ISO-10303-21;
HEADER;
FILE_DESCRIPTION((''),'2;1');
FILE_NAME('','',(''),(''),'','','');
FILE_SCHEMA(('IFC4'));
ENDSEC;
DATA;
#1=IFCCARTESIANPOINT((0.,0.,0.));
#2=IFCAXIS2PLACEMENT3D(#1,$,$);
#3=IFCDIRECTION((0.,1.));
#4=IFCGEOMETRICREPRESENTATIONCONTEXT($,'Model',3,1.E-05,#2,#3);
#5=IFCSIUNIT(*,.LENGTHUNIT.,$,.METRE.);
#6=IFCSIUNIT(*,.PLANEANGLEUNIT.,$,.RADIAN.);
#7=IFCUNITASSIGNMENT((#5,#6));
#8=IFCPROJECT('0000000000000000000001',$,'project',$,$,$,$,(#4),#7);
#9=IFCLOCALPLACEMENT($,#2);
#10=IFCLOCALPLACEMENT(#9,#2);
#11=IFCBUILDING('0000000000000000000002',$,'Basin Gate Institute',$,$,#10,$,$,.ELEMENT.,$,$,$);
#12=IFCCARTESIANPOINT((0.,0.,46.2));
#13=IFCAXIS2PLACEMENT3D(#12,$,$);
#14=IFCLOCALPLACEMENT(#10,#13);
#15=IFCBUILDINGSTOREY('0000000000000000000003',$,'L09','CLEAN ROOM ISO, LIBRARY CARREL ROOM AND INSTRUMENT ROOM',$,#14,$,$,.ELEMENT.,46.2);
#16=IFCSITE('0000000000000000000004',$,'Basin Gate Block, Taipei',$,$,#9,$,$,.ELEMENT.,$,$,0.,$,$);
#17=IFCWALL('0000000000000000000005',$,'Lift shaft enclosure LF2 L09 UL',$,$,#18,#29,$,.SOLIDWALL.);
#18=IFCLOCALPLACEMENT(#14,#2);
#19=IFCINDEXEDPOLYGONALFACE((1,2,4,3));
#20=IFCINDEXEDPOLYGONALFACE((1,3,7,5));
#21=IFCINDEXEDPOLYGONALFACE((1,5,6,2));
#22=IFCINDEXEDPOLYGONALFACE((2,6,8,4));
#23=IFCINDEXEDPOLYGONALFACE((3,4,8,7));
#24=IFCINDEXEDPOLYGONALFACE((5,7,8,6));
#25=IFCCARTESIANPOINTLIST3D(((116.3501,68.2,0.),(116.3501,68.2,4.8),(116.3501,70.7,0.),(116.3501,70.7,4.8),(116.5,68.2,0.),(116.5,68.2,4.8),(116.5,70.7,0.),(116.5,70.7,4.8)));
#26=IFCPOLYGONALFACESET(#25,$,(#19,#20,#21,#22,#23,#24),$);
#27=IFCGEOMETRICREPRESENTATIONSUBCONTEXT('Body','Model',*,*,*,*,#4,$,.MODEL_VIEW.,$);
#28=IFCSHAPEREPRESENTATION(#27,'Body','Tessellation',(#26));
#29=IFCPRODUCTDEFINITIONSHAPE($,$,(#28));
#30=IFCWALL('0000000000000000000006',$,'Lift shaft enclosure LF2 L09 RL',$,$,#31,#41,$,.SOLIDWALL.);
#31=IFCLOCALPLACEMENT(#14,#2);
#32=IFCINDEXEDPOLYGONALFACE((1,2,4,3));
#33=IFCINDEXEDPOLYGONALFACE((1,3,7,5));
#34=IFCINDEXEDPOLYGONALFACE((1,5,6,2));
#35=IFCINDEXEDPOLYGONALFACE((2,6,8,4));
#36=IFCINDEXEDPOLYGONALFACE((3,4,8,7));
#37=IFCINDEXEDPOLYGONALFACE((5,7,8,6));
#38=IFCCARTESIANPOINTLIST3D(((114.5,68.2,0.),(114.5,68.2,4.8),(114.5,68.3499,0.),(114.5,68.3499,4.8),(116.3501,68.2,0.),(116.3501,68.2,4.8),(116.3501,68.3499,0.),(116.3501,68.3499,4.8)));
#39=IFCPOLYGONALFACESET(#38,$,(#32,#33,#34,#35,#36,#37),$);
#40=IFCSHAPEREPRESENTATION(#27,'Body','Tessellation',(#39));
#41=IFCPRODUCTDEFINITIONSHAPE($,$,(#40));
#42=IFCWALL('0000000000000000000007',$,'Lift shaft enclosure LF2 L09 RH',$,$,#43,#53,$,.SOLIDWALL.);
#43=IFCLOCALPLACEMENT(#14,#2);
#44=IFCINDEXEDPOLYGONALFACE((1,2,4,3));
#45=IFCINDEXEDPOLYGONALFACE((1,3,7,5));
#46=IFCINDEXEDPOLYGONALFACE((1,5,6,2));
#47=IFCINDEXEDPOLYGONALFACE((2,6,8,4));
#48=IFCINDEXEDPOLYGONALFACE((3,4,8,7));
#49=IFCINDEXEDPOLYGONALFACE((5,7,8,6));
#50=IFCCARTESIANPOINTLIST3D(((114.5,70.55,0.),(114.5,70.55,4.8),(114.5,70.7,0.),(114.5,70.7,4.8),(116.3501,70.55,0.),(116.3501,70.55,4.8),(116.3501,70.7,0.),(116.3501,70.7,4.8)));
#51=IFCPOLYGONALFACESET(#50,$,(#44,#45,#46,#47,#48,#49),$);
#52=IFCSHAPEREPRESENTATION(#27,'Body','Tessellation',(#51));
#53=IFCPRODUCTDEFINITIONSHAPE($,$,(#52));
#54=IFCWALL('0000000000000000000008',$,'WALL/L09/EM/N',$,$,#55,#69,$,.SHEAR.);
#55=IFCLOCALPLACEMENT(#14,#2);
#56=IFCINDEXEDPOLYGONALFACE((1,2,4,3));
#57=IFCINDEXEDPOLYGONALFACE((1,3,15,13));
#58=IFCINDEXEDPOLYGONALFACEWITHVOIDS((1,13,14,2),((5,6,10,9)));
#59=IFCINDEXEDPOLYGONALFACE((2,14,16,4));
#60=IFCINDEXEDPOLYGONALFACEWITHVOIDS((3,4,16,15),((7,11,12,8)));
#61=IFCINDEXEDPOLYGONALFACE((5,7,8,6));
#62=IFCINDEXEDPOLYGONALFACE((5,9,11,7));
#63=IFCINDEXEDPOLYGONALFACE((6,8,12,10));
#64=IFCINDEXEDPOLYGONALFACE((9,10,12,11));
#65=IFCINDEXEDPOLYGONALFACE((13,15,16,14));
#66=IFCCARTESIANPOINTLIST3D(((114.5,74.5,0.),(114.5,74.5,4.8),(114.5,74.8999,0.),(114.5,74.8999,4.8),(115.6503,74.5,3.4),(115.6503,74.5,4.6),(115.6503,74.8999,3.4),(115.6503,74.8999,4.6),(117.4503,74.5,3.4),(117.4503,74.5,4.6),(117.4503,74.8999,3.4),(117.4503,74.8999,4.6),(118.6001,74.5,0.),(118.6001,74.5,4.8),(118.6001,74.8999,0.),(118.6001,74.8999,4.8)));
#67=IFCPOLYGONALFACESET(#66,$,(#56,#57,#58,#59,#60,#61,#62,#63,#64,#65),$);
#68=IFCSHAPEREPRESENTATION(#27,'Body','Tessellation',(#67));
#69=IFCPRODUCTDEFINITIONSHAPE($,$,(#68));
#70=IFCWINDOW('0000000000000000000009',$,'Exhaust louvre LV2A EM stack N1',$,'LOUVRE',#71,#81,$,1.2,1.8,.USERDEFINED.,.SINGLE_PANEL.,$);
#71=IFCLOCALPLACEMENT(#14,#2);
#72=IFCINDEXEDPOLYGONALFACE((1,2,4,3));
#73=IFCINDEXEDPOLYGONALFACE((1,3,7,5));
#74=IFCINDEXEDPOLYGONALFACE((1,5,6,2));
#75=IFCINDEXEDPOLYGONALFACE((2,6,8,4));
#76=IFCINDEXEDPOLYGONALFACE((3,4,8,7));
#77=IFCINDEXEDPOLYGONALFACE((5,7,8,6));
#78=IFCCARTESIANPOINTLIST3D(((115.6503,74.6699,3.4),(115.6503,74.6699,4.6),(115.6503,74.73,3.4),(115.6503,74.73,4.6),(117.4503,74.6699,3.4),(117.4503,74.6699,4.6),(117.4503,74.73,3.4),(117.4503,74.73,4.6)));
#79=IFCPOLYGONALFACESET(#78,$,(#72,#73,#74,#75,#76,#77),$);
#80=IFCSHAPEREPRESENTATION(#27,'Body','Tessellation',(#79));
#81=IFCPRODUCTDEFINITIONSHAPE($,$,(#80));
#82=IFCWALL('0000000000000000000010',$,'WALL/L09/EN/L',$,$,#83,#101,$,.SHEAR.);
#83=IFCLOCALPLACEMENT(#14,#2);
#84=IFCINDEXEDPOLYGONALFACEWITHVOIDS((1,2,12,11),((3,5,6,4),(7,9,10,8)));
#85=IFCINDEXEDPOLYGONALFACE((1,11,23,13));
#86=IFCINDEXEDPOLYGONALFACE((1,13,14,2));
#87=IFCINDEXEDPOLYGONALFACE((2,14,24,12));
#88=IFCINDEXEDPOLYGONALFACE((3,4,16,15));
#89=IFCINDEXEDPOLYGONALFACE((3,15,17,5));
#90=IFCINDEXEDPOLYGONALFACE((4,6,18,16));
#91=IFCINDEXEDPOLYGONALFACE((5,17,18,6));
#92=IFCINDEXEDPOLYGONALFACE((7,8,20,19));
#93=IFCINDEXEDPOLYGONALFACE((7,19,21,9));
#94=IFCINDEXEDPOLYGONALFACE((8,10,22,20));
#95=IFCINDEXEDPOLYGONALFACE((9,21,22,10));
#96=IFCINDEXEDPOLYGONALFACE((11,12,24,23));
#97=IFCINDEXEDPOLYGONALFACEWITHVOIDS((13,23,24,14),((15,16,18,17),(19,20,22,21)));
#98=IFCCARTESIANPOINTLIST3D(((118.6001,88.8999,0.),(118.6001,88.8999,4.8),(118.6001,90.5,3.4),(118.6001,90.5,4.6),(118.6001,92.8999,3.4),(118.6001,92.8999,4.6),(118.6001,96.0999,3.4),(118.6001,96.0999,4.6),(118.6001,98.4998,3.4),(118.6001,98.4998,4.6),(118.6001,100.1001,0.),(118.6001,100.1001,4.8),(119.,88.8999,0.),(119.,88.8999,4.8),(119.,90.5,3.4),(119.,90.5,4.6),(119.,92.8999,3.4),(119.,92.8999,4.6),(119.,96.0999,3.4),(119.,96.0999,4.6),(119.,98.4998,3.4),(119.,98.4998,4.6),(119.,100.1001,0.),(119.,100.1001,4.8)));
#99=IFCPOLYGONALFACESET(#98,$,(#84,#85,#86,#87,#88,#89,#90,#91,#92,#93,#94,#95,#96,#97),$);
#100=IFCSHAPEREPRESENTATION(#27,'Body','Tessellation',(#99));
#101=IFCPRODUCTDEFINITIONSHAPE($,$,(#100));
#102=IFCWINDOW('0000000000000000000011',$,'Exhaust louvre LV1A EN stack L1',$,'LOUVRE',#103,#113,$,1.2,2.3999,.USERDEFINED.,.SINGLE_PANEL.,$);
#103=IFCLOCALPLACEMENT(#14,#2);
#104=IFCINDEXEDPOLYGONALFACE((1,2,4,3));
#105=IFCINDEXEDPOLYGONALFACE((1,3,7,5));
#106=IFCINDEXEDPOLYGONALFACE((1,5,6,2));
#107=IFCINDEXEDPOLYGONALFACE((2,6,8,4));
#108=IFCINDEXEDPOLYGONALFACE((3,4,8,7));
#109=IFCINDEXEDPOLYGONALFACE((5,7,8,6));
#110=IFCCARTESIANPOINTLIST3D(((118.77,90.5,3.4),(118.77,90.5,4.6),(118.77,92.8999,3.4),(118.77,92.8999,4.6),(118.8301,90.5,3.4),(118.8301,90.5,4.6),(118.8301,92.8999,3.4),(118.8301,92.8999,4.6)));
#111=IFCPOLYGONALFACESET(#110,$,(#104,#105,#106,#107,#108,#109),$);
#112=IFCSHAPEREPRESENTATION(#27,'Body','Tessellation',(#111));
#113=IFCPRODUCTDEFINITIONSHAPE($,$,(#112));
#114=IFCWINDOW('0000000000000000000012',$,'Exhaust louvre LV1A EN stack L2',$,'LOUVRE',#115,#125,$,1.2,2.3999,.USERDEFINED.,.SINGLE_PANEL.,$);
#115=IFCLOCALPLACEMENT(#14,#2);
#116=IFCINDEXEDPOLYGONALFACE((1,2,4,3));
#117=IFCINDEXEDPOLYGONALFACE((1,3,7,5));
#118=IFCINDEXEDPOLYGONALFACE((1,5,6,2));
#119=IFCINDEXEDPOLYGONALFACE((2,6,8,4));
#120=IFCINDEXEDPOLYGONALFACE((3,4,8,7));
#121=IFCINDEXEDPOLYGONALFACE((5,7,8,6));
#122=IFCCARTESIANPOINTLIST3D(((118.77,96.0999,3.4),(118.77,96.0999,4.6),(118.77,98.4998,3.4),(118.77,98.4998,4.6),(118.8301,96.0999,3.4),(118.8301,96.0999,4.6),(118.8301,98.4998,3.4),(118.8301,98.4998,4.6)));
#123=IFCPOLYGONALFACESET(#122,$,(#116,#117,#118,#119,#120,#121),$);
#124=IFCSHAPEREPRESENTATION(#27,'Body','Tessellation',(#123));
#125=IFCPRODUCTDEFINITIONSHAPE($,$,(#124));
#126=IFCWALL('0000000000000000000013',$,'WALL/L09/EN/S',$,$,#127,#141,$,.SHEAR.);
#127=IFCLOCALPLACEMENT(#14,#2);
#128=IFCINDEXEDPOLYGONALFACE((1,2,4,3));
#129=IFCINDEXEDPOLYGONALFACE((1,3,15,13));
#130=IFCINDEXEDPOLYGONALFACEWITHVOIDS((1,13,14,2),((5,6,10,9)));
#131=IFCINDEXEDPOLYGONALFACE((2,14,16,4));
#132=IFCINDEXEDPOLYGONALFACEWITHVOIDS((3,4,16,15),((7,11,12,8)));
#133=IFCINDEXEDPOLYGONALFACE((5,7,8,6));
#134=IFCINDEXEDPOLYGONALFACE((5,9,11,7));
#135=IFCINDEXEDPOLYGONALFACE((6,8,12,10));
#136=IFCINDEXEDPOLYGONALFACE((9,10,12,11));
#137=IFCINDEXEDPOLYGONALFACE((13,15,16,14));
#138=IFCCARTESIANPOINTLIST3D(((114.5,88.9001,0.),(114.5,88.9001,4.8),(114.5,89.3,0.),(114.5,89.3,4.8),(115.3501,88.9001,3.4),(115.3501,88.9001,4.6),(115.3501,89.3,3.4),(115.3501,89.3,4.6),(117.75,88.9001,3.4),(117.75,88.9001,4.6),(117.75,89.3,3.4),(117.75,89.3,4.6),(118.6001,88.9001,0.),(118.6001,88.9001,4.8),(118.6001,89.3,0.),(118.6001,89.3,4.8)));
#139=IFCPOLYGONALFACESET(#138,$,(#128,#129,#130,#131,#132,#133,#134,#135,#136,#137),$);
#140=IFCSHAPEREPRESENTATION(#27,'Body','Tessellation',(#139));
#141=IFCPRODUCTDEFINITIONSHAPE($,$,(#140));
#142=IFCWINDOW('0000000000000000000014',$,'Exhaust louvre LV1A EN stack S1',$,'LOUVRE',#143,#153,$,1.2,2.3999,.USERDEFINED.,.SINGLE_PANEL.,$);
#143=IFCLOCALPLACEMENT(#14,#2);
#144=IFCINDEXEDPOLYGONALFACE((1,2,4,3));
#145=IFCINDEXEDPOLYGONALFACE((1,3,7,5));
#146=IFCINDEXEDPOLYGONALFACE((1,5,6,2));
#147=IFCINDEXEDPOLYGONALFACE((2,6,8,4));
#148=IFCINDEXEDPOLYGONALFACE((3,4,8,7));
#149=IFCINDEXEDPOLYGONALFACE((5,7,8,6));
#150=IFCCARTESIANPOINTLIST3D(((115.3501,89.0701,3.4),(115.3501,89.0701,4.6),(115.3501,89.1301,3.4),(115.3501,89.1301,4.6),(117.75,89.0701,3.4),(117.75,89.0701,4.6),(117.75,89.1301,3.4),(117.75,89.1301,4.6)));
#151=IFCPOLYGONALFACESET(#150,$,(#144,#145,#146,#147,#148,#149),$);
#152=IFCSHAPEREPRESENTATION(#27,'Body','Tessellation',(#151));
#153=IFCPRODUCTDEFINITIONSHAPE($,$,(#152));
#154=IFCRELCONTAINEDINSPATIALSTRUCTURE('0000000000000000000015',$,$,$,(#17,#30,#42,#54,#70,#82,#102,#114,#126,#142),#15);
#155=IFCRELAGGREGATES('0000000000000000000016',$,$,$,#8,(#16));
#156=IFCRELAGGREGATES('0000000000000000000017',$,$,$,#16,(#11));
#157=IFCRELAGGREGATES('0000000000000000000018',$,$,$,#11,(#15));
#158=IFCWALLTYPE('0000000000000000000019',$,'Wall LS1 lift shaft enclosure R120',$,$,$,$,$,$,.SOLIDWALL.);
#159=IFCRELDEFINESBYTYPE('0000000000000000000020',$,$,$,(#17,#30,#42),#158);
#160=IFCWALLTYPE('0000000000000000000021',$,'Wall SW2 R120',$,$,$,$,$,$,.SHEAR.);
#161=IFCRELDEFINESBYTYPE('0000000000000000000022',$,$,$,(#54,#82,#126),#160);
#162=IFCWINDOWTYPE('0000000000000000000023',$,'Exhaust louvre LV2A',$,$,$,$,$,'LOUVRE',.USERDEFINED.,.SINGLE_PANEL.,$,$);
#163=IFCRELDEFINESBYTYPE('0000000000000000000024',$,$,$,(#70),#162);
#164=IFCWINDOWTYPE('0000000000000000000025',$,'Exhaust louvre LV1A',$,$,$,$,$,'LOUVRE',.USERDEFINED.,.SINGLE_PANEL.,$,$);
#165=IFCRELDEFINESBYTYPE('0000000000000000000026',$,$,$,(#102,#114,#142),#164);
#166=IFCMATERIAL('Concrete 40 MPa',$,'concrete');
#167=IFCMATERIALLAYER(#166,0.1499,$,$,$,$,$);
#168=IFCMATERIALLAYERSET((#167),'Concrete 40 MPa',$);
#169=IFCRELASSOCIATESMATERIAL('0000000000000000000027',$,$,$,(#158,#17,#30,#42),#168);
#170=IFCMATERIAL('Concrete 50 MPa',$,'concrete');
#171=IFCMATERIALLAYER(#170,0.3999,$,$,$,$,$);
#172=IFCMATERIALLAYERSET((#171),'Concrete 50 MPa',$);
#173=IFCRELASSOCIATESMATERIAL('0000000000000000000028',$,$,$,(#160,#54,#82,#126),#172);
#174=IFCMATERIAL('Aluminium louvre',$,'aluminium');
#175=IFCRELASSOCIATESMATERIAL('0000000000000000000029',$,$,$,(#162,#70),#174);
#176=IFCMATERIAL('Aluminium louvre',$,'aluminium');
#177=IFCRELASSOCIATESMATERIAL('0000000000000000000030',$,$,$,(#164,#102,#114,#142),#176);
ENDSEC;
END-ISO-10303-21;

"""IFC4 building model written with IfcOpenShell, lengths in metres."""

from ifc_helpers import new_model, si_unit, direction, frame, frame_2d, origin, place, context, subcontext, project, spatial, rectangle, extrude, material, layer, layer_set, type_object, element, fill, save


model = new_model("IFC4")

# Units and contexts
model_context = context("Model", 3, precision=1e-05, world=origin(), true_north=direction((0.0, 1.0)))
body_context = subcontext(model_context, "Body", "Model", "MODEL_VIEW")
ifc_project = project(units=[si_unit("LENGTHUNIT", "METRE"), si_unit("PLANEANGLEUNIT", "RADIAN")], contexts=[model_context])

# Site, building, storey
site_placement = place(None, origin())
site = spatial("IfcSite", under=ifc_project, at=site_placement, Name="Basin Gate Block, Taipei", CompositionType="ELEMENT", RefElevation=0.0)
building_placement = place(site_placement, origin())
building = spatial("IfcBuilding", under=site, at=building_placement, Name="Basin Gate Institute", CompositionType="ELEMENT")
storey_placement = place(building_placement, frame((0.0, 0.0, 46.2)))
storey = spatial("IfcBuildingStorey", under=building, at=storey_placement, Name="L09", Description="CLEAN ROOM ISO, LIBRARY CARREL ROOM AND INSTRUMENT ROOM", CompositionType="ELEMENT", Elevation=46.2)

# Walls
ifc_material_1 = material(Name="Concrete 40 MPa", Category="concrete")
ifc_layer_1 = layer(ifc_material_1, 0.1499)
ifc_layer_set_1 = layer_set([ifc_layer_1], Name="Concrete 40 MPa")
wall_type_1 = type_object("IfcWallType", Name="Wall LS1 lift shaft enclosure R120", PredefinedType="SOLIDWALL", material=ifc_layer_set_1)
wall_1_placement = place(storey_placement, frame((116.425, 68.2, 0.0), z_axis=(0.0, 0.0, 1.0), x_axis=(0.0, 1.0, 0.0)))
element("IfcWall", 1, at=wall_1_placement, inside=storey, type_object=wall_type_1, material=ifc_layer_set_1, Name="Lift shaft enclosure LF2 L09 UL", PredefinedType="SOLIDWALL", context=body_context, shape_type="SweptSolid", body=[
    extrude(rectangle(XDim=2.5, YDim=0.1499, at=frame_2d((1.25, 0.0))), origin(), (0.0, 0.0, 1.0), 4.8),
])
for number, where, z_axis, x_axis, name in (
    (2, (116.3501, 68.2749, 0.0), (0.0, 0.0, 1.0), (-1.0, 0.0, 0.0), "Lift shaft enclosure LF2 L09 RL"),
    (3, (116.3501, 70.625, 0.0), (0.0, 0.0, 1.0), (-1.0, 0.0, 0.0), "Lift shaft enclosure LF2 L09 RH"),
):
    element("IfcWall", number, at=place(storey_placement, frame(where, z_axis=z_axis, x_axis=x_axis)), inside=storey, type_object=wall_type_1, material=ifc_layer_set_1, Name=name, PredefinedType="SOLIDWALL", context=body_context, shape_type="SweptSolid", body=[
        extrude(rectangle(XDim=1.8501, YDim=0.1499, at=frame_2d((0.925, 0.0))), origin(), (0.0, 0.0, 1.0), 4.8),
    ])

# Wall, opening, window
ifc_material_2 = material(Name="Concrete 50 MPa", Category="concrete")
ifc_layer_2 = layer(ifc_material_2, 0.3999)
ifc_layer_set_2 = layer_set([ifc_layer_2], Name="Concrete 50 MPa")
wall_type_2 = type_object("IfcWallType", Name="Wall SW2 R120", PredefinedType="SHEAR", material=ifc_layer_set_2)
wall_2_placement = place(storey_placement, frame((118.6001, 74.7, 0.0), z_axis=(0.0, 0.0, 1.0), x_axis=(-1.0, 0.0, 0.0)))
wall_2 = element("IfcWall", 4, at=wall_2_placement, inside=storey, type_object=wall_type_2, material=ifc_layer_set_2, Name="WALL/L09/EM/N", PredefinedType="SHEAR", context=body_context, shape_type="SweptSolid", body=[
    extrude(rectangle(XDim=4.1001, YDim=0.3999, at=frame_2d((2.05, 0.0))), origin(), (0.0, 0.0, 1.0), 4.8),
])
opening_1_placement = place(wall_2_placement, frame((1.1499, 0.0, 3.3999)))
opening_1 = element("IfcOpeningElement", 5, at=opening_1_placement, cuts=wall_2, PredefinedType="OPENING", context=body_context, shape_type="SweptSolid", body=[
    extrude(rectangle(XDim=1.8, YDim=1.2, at=frame_2d((0.8999, 0.6001))), frame((0.0, 0.21, 0.0), z_axis=(0.0, -1.0, 0.0), x_axis=(1.0, 0.0, 0.0)), (0.0, 0.0, 1.0), 0.4199),
])
ifc_material_3 = material(Name="Aluminium louvre", Category="aluminium")
window_type_1 = type_object("IfcWindowType", Name="Exhaust louvre LV2A", ElementType="LOUVRE", PartitioningType="SINGLE_PANEL", PredefinedType="USERDEFINED", material=ifc_material_3)
window_1_placement = place(opening_1_placement, origin())
window_1 = element("IfcWindow", 6, at=window_1_placement, inside=storey, type_object=window_type_1, material=ifc_material_3, Name="Exhaust louvre LV2A EM stack N1", ObjectType="LOUVRE", OverallHeight=1.2, OverallWidth=1.8, PartitioningType="SINGLE_PANEL", PredefinedType="USERDEFINED", context=body_context, shape_type="SweptSolid", body=[
    extrude(rectangle(XDim=1.8, YDim=1.2, at=frame_2d((0.8999, 0.6001))), frame((0.0, 0.03, 0.0), z_axis=(0.0, -1.0, 0.0), x_axis=(1.0, 0.0, 0.0)), (0.0, 0.0, 1.0), 0.0601),
])
fill(opening_1, window_1)

# Wall, openings, windows
wall_3_placement = place(storey_placement, frame((118.8, 88.8999, 0.0), z_axis=(0.0, 0.0, 1.0), x_axis=(0.0, 1.0, 0.0)))
wall_3 = element("IfcWall", 7, at=wall_3_placement, inside=storey, type_object=wall_type_2, material=ifc_layer_set_2, Name="WALL/L09/EN/L", PredefinedType="SHEAR", context=body_context, shape_type="SweptSolid", body=[
    extrude(rectangle(XDim=11.2002, YDim=0.3999, at=frame_2d((5.6001, 0.0))), origin(), (0.0, 0.0, 1.0), 4.8),
])
opening_2_placement = place(wall_3_placement, frame((1.6001, 0.0, 3.3999)))
opening_2 = element("IfcOpeningElement", 8, at=opening_2_placement, cuts=wall_3, PredefinedType="OPENING", context=body_context, shape_type="SweptSolid", body=[
    extrude(rectangle(XDim=2.3999, YDim=1.2, at=frame_2d((1.2, 0.6001))), frame((0.0, 0.21, 0.0), z_axis=(0.0, -1.0, 0.0), x_axis=(1.0, 0.0, 0.0)), (0.0, 0.0, 1.0), 0.4199),
])
opening_3_placement = place(wall_3_placement, frame((7.2, 0.0, 3.3999)))
opening_3 = element("IfcOpeningElement", 9, at=opening_3_placement, cuts=wall_3, PredefinedType="OPENING", context=body_context, shape_type="SweptSolid", body=[
    extrude(rectangle(XDim=2.3999, YDim=1.2, at=frame_2d((1.2, 0.6001))), frame((0.0, 0.21, 0.0), z_axis=(0.0, -1.0, 0.0), x_axis=(1.0, 0.0, 0.0)), (0.0, 0.0, 1.0), 0.4199),
])
ifc_material_4 = material(Name="Aluminium louvre", Category="aluminium")
window_type_2 = type_object("IfcWindowType", Name="Exhaust louvre LV1A", ElementType="LOUVRE", PartitioningType="SINGLE_PANEL", PredefinedType="USERDEFINED", material=ifc_material_4)
window_2_placement = place(opening_2_placement, origin())
window_2 = element("IfcWindow", 10, at=window_2_placement, inside=storey, type_object=window_type_2, material=ifc_material_4, Name="Exhaust louvre LV1A EN stack L1", ObjectType="LOUVRE", OverallHeight=1.2, OverallWidth=2.3999, PartitioningType="SINGLE_PANEL", PredefinedType="USERDEFINED", context=body_context, shape_type="SweptSolid", body=[
    extrude(rectangle(XDim=2.3999, YDim=1.2, at=frame_2d((1.2, 0.6001))), frame((0.0, 0.03, 0.0), z_axis=(0.0, -1.0, 0.0), x_axis=(1.0, 0.0, 0.0)), (0.0, 0.0, 1.0), 0.0601),
])
fill(opening_2, window_2)
window_3_placement = place(opening_3_placement, origin())
window_3 = element("IfcWindow", 11, at=window_3_placement, inside=storey, type_object=window_type_2, material=ifc_material_4, Name="Exhaust louvre LV1A EN stack L2", ObjectType="LOUVRE", OverallHeight=1.2, OverallWidth=2.3999, PartitioningType="SINGLE_PANEL", PredefinedType="USERDEFINED", context=body_context, shape_type="SweptSolid", body=[
    extrude(rectangle(XDim=2.3999, YDim=1.2, at=frame_2d((1.2, 0.6001))), frame((0.0, 0.03, 0.0), z_axis=(0.0, -1.0, 0.0), x_axis=(1.0, 0.0, 0.0)), (0.0, 0.0, 1.0), 0.0601),
])
fill(opening_3, window_3)

# Wall, opening, window
wall_4_placement = place(storey_placement, frame((118.6001, 89.1001, 0.0), z_axis=(0.0, 0.0, 1.0), x_axis=(-1.0, 0.0, 0.0)))
wall_4 = element("IfcWall", 12, at=wall_4_placement, inside=storey, type_object=wall_type_2, material=ifc_layer_set_2, Name="WALL/L09/EN/S", PredefinedType="SHEAR", context=body_context, shape_type="SweptSolid", body=[
    extrude(rectangle(XDim=4.1001, YDim=0.3999, at=frame_2d((2.05, 0.0))), origin(), (0.0, 0.0, 1.0), 4.8),
])
opening_4_placement = place(wall_4_placement, frame((0.8501, 0.0, 3.3999)))
opening_4 = element("IfcOpeningElement", 13, at=opening_4_placement, cuts=wall_4, PredefinedType="OPENING", context=body_context, shape_type="SweptSolid", body=[
    extrude(rectangle(XDim=2.3999, YDim=1.2, at=frame_2d((1.2, 0.6001))), frame((0.0, 0.21, 0.0), z_axis=(0.0, -1.0, 0.0), x_axis=(1.0, 0.0, 0.0)), (0.0, 0.0, 1.0), 0.4199),
])
window_4_placement = place(opening_4_placement, origin())
window_4 = element("IfcWindow", 14, at=window_4_placement, inside=storey, type_object=window_type_2, material=ifc_material_4, Name="Exhaust louvre LV1A EN stack S1", ObjectType="LOUVRE", OverallHeight=1.2, OverallWidth=2.3999, PartitioningType="SINGLE_PANEL", PredefinedType="USERDEFINED", context=body_context, shape_type="SweptSolid", body=[
    extrude(rectangle(XDim=2.3999, YDim=1.2, at=frame_2d((1.2, 0.6001))), frame((0.0, 0.03, 0.0), z_axis=(0.0, -1.0, 0.0), x_axis=(1.0, 0.0, 0.0)), (0.0, 0.0, 1.0), 0.0601),
])
fill(opening_4, window_4)

save(model, "model.ifc")
